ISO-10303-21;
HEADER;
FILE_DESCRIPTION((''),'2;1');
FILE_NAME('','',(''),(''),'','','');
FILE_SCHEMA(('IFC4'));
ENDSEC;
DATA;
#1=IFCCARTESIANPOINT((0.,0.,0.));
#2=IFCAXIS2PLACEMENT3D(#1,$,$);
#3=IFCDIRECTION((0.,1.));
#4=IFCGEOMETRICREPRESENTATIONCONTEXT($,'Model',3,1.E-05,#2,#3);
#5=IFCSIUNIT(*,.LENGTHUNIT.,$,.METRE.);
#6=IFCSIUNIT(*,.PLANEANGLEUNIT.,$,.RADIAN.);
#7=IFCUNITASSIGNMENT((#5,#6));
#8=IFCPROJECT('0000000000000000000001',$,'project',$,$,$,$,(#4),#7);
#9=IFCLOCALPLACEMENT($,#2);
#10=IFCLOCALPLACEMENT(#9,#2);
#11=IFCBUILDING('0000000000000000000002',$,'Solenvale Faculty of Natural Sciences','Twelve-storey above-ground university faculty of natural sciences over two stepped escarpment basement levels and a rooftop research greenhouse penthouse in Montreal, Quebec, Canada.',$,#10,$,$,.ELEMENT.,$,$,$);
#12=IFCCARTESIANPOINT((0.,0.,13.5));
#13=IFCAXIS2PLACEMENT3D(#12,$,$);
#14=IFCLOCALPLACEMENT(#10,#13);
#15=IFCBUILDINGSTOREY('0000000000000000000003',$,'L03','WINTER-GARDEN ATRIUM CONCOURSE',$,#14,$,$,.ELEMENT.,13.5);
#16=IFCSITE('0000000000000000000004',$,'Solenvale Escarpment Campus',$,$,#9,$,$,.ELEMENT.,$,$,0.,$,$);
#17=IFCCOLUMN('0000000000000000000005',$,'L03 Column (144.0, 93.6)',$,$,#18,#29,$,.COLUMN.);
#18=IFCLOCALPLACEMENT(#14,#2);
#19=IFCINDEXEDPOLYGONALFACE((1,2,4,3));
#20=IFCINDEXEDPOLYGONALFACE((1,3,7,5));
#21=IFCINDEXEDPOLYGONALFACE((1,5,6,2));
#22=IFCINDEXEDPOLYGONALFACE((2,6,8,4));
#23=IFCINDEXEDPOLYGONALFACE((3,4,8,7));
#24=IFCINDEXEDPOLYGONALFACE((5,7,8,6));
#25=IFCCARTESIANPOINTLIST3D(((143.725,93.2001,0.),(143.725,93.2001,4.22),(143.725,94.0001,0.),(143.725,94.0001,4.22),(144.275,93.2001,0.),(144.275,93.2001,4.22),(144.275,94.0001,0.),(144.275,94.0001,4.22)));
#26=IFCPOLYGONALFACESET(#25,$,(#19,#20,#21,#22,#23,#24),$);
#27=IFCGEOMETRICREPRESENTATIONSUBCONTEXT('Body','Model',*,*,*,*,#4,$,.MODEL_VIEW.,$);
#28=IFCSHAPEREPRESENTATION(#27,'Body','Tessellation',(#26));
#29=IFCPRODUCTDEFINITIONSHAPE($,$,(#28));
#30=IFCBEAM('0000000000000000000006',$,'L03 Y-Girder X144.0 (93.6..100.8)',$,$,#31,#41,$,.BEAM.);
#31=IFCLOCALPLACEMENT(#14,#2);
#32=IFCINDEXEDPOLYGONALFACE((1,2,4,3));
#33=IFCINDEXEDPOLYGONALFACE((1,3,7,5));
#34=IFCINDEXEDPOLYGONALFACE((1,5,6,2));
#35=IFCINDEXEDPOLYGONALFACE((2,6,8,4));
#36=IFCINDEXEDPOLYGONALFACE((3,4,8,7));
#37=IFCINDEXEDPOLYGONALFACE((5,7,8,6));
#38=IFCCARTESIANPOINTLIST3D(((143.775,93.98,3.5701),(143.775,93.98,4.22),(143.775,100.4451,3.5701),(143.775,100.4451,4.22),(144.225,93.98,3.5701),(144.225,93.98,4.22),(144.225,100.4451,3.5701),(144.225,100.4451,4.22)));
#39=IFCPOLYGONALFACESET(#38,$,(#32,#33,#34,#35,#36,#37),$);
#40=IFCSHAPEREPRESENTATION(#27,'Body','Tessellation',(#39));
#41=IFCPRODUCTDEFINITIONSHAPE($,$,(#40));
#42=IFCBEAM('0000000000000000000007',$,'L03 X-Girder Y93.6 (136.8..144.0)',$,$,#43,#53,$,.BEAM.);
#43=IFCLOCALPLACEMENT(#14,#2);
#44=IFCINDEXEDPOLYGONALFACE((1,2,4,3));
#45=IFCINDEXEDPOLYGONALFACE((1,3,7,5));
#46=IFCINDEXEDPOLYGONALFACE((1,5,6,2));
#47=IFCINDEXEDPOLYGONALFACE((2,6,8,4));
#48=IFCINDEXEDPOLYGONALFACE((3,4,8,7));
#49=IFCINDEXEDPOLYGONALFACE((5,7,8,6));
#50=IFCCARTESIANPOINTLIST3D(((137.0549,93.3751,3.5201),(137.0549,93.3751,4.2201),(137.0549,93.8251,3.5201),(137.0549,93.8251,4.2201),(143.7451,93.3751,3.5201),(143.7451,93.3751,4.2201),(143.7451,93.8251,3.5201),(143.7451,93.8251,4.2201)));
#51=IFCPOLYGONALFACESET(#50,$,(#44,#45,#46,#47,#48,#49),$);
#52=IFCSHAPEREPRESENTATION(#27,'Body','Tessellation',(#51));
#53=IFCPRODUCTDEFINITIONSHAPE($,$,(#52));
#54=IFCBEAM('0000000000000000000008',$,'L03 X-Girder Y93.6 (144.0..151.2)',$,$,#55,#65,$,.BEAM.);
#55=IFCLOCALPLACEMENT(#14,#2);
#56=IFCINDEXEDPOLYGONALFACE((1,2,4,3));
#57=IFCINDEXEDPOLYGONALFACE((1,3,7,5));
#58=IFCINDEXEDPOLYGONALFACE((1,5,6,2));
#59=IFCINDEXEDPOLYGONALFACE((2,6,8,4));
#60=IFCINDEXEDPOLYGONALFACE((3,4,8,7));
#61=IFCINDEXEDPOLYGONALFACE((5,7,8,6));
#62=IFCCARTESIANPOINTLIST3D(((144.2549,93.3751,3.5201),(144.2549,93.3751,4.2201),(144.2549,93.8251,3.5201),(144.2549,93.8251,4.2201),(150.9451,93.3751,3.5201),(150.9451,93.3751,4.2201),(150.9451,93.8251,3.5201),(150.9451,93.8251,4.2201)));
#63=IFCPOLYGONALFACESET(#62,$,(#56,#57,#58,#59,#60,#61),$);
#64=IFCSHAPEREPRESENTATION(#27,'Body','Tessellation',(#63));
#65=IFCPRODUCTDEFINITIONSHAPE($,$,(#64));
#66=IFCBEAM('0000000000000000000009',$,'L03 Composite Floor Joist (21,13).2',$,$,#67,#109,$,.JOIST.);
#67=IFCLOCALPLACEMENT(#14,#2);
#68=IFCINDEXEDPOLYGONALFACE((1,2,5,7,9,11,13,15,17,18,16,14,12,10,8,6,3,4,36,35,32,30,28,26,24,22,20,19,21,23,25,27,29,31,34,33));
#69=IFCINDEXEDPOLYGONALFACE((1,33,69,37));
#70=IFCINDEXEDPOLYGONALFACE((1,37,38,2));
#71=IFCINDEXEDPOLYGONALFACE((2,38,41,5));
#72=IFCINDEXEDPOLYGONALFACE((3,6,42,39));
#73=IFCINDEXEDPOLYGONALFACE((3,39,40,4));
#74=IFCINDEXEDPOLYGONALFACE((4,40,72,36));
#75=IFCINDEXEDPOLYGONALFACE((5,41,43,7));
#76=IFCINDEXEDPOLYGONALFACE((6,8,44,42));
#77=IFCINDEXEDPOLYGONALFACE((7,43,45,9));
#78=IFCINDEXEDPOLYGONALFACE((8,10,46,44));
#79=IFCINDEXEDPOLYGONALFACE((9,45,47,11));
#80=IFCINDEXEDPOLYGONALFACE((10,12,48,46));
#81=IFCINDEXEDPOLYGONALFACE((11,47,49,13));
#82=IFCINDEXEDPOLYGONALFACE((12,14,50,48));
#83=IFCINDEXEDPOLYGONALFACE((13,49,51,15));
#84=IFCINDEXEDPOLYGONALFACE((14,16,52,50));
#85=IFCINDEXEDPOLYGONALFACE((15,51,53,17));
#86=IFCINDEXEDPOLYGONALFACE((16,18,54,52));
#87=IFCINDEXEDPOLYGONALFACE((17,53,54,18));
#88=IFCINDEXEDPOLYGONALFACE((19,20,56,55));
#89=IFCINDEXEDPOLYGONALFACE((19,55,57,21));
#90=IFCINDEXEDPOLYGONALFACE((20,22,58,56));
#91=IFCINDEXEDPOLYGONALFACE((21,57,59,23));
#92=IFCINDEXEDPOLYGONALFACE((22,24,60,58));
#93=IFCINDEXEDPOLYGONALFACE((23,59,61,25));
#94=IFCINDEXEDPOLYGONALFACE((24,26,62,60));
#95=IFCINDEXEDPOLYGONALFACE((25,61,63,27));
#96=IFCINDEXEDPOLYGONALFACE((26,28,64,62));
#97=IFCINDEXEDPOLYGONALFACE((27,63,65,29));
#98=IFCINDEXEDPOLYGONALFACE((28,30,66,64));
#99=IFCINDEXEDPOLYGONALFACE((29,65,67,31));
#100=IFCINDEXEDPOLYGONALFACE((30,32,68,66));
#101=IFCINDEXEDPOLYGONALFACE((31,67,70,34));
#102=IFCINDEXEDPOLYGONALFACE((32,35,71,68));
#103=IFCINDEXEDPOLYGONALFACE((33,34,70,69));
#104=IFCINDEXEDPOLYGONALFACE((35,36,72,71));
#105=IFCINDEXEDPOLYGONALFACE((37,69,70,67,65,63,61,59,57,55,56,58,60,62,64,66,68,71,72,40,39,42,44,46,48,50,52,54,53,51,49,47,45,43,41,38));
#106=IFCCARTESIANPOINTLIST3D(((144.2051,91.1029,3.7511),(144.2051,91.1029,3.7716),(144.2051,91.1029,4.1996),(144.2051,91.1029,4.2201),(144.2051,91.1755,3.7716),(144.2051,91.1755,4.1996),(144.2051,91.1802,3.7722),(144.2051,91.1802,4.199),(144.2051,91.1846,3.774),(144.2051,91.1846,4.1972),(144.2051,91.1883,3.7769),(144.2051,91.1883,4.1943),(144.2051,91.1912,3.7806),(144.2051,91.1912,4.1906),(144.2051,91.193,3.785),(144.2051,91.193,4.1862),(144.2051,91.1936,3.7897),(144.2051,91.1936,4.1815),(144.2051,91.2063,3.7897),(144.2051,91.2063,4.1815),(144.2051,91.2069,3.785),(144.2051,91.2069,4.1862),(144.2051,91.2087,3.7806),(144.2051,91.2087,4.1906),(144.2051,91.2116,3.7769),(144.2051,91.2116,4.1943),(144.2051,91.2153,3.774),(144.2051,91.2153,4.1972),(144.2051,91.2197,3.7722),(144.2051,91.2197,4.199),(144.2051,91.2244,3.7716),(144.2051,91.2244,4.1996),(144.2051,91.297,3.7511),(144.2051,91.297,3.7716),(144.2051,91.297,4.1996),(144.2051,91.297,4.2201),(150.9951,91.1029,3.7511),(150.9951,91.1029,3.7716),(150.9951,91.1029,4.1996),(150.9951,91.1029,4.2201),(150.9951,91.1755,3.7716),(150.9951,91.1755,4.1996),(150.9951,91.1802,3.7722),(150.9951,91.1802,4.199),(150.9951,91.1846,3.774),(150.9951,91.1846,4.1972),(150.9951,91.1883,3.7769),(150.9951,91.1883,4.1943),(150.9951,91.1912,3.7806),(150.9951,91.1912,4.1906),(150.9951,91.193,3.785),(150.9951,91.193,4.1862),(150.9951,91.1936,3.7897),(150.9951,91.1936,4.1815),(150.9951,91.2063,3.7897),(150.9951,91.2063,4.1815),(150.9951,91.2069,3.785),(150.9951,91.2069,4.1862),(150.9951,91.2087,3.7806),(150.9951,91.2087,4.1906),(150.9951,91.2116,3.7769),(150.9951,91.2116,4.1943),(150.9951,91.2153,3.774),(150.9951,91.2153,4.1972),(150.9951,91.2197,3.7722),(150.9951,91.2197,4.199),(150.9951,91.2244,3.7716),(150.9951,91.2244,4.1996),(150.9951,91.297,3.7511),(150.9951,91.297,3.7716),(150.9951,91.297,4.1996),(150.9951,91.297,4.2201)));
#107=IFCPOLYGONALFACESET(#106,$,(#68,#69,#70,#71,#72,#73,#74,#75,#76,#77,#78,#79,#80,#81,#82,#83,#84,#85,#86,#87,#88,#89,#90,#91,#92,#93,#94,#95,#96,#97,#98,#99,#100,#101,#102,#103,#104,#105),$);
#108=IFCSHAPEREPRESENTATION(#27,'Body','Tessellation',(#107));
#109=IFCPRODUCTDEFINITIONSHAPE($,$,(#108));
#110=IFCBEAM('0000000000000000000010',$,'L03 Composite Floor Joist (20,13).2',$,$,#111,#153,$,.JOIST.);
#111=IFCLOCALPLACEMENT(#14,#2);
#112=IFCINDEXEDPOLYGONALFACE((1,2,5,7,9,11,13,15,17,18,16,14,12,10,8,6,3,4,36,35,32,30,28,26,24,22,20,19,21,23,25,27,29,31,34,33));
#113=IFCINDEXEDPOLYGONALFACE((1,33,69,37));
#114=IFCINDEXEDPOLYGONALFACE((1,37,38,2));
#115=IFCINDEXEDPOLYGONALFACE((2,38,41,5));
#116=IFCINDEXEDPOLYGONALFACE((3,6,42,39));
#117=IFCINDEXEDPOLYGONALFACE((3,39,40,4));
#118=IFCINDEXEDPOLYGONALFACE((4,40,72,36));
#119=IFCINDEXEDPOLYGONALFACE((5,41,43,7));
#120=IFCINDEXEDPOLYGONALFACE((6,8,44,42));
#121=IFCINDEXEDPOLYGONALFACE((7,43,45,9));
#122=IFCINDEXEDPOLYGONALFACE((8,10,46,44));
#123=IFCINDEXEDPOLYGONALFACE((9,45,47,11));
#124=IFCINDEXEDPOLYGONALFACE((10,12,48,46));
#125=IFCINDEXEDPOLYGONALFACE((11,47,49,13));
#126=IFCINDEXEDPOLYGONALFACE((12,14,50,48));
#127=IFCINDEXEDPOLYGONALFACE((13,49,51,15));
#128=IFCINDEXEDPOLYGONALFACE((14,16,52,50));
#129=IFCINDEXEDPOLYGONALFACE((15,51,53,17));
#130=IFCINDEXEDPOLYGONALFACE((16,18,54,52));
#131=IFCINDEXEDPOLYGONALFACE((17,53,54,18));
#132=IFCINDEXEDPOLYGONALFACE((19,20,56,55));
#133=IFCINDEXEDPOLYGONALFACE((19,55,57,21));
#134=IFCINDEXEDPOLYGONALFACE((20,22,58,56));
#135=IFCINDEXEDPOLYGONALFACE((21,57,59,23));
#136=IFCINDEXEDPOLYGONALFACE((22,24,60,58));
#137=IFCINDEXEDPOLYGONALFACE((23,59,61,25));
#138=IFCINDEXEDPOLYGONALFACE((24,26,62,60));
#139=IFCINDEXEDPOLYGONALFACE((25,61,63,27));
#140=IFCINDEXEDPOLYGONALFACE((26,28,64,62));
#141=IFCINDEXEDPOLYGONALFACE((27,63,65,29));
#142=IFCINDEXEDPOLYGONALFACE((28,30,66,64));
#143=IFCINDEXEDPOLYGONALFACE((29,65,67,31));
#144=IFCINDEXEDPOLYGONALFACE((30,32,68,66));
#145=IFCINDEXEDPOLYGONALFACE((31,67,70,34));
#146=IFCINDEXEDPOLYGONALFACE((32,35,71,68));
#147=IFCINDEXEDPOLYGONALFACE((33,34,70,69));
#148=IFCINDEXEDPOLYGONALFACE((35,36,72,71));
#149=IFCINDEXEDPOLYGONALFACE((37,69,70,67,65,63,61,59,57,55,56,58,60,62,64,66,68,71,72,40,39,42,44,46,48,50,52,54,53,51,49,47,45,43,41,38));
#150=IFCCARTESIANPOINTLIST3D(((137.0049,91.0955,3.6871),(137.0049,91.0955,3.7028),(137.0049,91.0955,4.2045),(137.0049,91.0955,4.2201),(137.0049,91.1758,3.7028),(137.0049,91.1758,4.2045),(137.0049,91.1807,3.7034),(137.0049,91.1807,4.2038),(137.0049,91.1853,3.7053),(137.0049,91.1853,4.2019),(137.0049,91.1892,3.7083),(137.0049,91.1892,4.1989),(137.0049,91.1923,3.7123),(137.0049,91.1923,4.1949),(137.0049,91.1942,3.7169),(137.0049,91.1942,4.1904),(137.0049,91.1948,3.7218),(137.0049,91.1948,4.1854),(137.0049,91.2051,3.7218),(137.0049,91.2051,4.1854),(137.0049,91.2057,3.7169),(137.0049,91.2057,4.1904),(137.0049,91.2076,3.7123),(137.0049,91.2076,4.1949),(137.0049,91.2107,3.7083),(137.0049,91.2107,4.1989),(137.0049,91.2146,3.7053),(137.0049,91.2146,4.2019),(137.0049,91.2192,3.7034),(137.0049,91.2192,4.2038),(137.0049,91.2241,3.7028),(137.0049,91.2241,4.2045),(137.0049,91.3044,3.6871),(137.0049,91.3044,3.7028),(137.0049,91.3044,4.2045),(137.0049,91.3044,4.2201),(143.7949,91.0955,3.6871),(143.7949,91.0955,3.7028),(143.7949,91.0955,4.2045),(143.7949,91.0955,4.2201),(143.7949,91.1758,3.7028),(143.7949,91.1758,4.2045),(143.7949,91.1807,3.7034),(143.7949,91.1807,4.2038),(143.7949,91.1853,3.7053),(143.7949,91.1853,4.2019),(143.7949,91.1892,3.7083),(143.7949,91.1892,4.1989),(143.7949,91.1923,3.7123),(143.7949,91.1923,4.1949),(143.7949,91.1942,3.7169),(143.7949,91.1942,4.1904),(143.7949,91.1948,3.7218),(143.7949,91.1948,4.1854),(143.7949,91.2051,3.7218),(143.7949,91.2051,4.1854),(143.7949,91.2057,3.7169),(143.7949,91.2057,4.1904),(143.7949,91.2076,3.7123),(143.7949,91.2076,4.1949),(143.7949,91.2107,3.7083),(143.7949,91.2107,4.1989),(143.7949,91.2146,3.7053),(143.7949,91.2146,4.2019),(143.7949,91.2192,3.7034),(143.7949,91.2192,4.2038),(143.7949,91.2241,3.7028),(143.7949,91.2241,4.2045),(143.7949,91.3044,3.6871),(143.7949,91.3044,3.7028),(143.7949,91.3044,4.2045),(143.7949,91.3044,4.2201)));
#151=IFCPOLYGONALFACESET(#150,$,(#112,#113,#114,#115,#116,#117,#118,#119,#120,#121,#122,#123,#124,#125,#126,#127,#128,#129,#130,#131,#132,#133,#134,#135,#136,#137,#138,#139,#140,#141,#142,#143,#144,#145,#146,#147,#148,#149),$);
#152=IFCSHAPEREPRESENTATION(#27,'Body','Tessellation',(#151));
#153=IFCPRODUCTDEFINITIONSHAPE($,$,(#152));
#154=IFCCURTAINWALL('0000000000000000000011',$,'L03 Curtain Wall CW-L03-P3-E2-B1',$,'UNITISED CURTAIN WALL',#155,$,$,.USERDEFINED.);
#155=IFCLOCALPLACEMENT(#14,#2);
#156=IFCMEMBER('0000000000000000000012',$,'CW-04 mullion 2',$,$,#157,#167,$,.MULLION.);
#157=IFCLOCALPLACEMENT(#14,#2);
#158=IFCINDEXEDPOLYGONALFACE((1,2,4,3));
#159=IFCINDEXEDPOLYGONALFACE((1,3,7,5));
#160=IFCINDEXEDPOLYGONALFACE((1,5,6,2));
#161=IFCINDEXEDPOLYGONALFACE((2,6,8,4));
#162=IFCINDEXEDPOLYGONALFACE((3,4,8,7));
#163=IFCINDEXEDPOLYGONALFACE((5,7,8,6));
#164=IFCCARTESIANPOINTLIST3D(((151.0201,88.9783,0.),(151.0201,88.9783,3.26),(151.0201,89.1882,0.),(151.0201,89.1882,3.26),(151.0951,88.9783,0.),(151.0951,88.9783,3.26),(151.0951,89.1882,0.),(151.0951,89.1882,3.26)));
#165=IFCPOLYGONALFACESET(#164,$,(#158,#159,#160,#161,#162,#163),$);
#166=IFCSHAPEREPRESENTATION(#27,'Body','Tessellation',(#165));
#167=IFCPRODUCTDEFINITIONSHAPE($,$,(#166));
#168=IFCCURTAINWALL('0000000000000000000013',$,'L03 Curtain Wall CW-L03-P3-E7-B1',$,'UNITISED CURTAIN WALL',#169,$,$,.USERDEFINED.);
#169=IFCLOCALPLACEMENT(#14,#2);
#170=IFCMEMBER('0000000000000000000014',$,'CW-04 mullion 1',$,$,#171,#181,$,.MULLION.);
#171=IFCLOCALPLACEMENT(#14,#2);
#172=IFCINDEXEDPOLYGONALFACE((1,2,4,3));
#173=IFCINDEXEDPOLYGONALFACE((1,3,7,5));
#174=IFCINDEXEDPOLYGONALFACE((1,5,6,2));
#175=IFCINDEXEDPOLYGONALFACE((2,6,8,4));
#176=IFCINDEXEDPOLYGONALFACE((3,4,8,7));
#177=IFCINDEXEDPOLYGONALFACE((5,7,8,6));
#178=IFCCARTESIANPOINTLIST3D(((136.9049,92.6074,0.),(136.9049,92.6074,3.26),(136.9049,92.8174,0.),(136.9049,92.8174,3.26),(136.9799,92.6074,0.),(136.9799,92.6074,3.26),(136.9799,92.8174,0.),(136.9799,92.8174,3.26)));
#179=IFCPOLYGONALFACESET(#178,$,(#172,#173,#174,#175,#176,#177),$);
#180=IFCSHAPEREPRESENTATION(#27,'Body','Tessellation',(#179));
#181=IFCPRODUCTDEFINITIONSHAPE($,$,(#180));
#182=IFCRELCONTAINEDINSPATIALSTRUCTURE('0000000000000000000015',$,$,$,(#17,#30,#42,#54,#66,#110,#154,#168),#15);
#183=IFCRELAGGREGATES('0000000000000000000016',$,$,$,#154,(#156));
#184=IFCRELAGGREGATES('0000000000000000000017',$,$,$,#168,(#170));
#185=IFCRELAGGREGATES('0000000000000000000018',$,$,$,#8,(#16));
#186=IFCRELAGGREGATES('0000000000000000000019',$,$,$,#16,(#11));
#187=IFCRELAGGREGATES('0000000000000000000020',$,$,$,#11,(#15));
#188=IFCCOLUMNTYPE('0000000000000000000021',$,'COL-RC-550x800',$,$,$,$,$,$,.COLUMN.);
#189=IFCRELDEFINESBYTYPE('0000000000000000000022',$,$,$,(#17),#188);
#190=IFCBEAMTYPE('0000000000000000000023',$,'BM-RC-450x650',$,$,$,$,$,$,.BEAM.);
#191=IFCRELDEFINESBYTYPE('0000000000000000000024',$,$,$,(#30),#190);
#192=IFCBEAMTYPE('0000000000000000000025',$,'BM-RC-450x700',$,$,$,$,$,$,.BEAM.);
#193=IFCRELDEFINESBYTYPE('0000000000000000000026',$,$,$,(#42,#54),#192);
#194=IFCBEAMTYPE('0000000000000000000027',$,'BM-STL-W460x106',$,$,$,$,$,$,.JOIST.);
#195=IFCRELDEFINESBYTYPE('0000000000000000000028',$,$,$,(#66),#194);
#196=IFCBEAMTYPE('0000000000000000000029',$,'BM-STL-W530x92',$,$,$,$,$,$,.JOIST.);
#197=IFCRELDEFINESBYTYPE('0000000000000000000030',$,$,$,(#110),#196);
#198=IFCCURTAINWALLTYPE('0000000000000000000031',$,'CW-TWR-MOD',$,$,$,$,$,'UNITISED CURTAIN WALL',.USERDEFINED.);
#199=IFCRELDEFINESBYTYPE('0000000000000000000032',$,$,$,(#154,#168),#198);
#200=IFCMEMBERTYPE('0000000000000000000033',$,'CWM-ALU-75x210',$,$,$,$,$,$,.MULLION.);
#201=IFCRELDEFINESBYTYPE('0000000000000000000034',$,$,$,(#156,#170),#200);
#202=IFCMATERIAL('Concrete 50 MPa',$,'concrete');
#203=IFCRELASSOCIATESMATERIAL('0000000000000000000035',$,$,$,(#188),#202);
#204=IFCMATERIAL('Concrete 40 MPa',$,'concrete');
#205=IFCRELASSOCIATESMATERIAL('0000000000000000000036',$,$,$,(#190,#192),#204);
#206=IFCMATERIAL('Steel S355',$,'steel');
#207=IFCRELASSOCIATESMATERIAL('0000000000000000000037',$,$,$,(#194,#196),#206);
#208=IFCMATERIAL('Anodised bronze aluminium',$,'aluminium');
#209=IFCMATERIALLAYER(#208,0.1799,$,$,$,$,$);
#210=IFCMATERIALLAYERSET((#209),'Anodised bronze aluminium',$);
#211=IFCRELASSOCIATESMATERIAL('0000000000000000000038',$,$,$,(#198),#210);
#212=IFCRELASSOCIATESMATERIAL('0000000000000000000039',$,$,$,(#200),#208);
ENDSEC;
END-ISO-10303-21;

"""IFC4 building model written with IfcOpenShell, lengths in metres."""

from ifc_helpers import new_model, si_unit, direction, frame, origin, origin_2d, place, context, subcontext, project, spatial, rectangle, i_section, extrude, material, layer, layer_set, material_profile, profile_set, type_object, element, aggregate, save


model = new_model("IFC4")

# Units and contexts
model_context = context("Model", 3, precision=1e-05, world=origin(), true_north=direction((0.0, 1.0)))
body_context = subcontext(model_context, "Body", "Model", "MODEL_VIEW")
ifc_project = project(units=[si_unit("LENGTHUNIT", "METRE"), si_unit("PLANEANGLEUNIT", "RADIAN")], contexts=[model_context])

# Site, building, storey
site_placement = place(None, origin())
site = spatial("IfcSite", under=ifc_project, at=site_placement, Name="Solenvale Escarpment Campus", CompositionType="ELEMENT", RefElevation=0.0)
building_placement = place(site_placement, origin())
building = spatial("IfcBuilding", under=site, at=building_placement, Name="Solenvale Faculty of Natural Sciences", Description="Twelve-storey above-ground university faculty of natural sciences over two stepped escarpment basement levels and a rooftop research greenhouse penthouse in Montreal, Quebec, Canada.", CompositionType="ELEMENT")
storey_placement = place(building_placement, frame((0.0, 0.0, 13.5)))
storey = spatial("IfcBuildingStorey", under=building, at=storey_placement, Name="L03", Description="WINTER-GARDEN ATRIUM CONCOURSE", CompositionType="ELEMENT", Elevation=13.5)

# Column
ifc_material_1 = material(Name="Concrete 50 MPa", Category="concrete")
ifc_material_profile_1 = material_profile(ifc_material_1, rectangle(XDim=0.55, YDim=0.8, at=origin_2d()), Name="RC-COL-550x800")
ifc_profile_set_1 = profile_set([ifc_material_profile_1], Name="Concrete 50 MPa")
column_type = type_object("IfcColumnType", Name="COL-RC-550x800", PredefinedType="COLUMN", material=ifc_profile_set_1)
column_placement = place(storey_placement, frame((144.0, 93.6001, 0.0), z_axis=(0.0, 0.0, 1.0), x_axis=(1.0, 0.0, 0.0)))
element("IfcColumn", 1, at=column_placement, inside=storey, type_object=column_type, Name="L03 Column (144.0, 93.6)", PredefinedType="COLUMN", context=body_context, shape_type="SweptSolid", body=[
    extrude(rectangle(XDim=0.55, YDim=0.8, at=origin_2d()), origin(), (0.0, 0.0, 1.0), 4.22),
])

# Beams
ifc_material_2 = material(Name="Concrete 40 MPa", Category="concrete")
ifc_material_profile_2 = material_profile(ifc_material_2, rectangle(XDim=0.45, YDim=0.6499, at=origin_2d()), Name="RC-BM-450x650")
ifc_profile_set_2 = profile_set([ifc_material_profile_2], Name="Concrete 40 MPa")
beam_type_1 = type_object("IfcBeamType", Name="BM-RC-450x650", PredefinedType="BEAM", material=ifc_profile_set_2)
beam_1_placement = place(storey_placement, frame((144.0, 93.98, 3.895), z_axis=(0.0, 1.0, 0.0), x_axis=(-1.0, 0.0, 0.0)))
element("IfcBeam", 2, at=beam_1_placement, inside=storey, type_object=beam_type_1, Name="L03 Y-Girder X144.0 (93.6..100.8)", PredefinedType="BEAM", context=body_context, shape_type="SweptSolid", body=[
    extrude(rectangle(XDim=0.45, YDim=0.6499, at=origin_2d()), origin(), (0.0, 0.0, 1.0), 6.4651),
])
ifc_material_profile_3 = material_profile(ifc_material_2, rectangle(XDim=0.45, YDim=0.7, at=origin_2d()), Name="RC-BM-450x700")
ifc_profile_set_3 = profile_set([ifc_material_profile_3], Name="Concrete 40 MPa")
beam_type_2 = type_object("IfcBeamType", Name="BM-RC-450x700", PredefinedType="BEAM", material=ifc_profile_set_3)
for number, where, z_axis, x_axis, name in (
    (3, (137.0549, 93.6001, 3.8701), (1.0, 0.0, 0.0), (0.0, 1.0, 0.0), "L03 X-Girder Y93.6 (136.8..144.0)"),
    (4, (144.2549, 93.6001, 3.8701), (1.0, 0.0, 0.0), (0.0, 1.0, 0.0), "L03 X-Girder Y93.6 (144.0..151.2)"),
):
    element("IfcBeam", number, at=place(storey_placement, frame(where, z_axis=z_axis, x_axis=x_axis)), inside=storey, type_object=beam_type_2, Name=name, PredefinedType="BEAM", context=body_context, shape_type="SweptSolid", body=[
        extrude(rectangle(XDim=0.45, YDim=0.7, at=origin_2d()), origin(), (0.0, 0.0, 1.0), 6.6902),
    ])
ifc_material_3 = material(Name="Steel S355", Category="steel")
ifc_material_profile_4 = material_profile(ifc_material_3, i_section(OverallWidth=0.1941, OverallDepth=0.469, WebThickness=0.0127, FlangeThickness=0.0205, FilletRadius=0.0181, at=origin_2d()), Name="W460x106")
ifc_profile_set_4 = profile_set([ifc_material_profile_4], Name="Steel S355")
beam_type_3 = type_object("IfcBeamType", Name="BM-STL-W460x106", PredefinedType="JOIST", material=ifc_profile_set_4)
beam_2_placement = place(storey_placement, frame((144.2051, 91.2, 3.9856), z_axis=(1.0, 0.0, 0.0), x_axis=(0.0, 1.0, 0.0)))
element("IfcBeam", 5, at=beam_2_placement, inside=storey, type_object=beam_type_3, Name="L03 Composite Floor Joist (21,13).2", PredefinedType="JOIST", context=body_context, shape_type="SweptSolid", body=[
    extrude(i_section(OverallWidth=0.1941, OverallDepth=0.469, WebThickness=0.0127, FlangeThickness=0.0205, FilletRadius=0.0181, at=origin_2d()), origin(), (0.0, 0.0, 1.0), 6.79),
])
ifc_material_profile_5 = material_profile(ifc_material_3, i_section(OverallWidth=0.209, OverallDepth=0.533, WebThickness=0.0103, FlangeThickness=0.0156, FilletRadius=0.019, at=origin_2d()), Name="W530x92")
ifc_profile_set_5 = profile_set([ifc_material_profile_5], Name="Steel S355")
beam_type_4 = type_object("IfcBeamType", Name="BM-STL-W530x92", PredefinedType="JOIST", material=ifc_profile_set_5)
beam_3_placement = place(storey_placement, frame((137.0049, 91.2, 3.9536), z_axis=(1.0, 0.0, 0.0), x_axis=(0.0, 1.0, 0.0)))
element("IfcBeam", 6, at=beam_3_placement, inside=storey, type_object=beam_type_4, Name="L03 Composite Floor Joist (20,13).2", PredefinedType="JOIST", context=body_context, shape_type="SweptSolid", body=[
    extrude(i_section(OverallWidth=0.209, OverallDepth=0.533, WebThickness=0.0103, FlangeThickness=0.0156, FilletRadius=0.019, at=origin_2d()), origin(), (0.0, 0.0, 1.0), 6.79),
])

# Curtain walls, members
ifc_material_4 = material(Name="Anodised bronze aluminium", Category="aluminium")
ifc_layer_1 = layer(ifc_material_4, 0.1799)
ifc_layer_set_1 = layer_set([ifc_layer_1], Name="Anodised bronze aluminium")
curtain_wall_type = type_object("IfcCurtainWallType", Name="CW-TWR-MOD", ElementType="UNITISED CURTAIN WALL", PredefinedType="USERDEFINED", material=ifc_layer_set_1)
curtain_wall_1_placement = place(storey_placement, origin())
curtain_wall_1 = element("IfcCurtainWall", 7, at=curtain_wall_1_placement, inside=storey, type_object=curtain_wall_type, Name="L03 Curtain Wall CW-L03-P3-E2-B1", ObjectType="UNITISED CURTAIN WALL", PredefinedType="USERDEFINED")
ifc_material_profile_6 = material_profile(ifc_material_4, rectangle(XDim=0.075, YDim=0.21, at=origin_2d()), Name="ALU-MUL-75x210")
ifc_profile_set_6 = profile_set([ifc_material_profile_6], Name="Anodised bronze aluminium")
member_type_1 = type_object("IfcMemberType", Name="CWM-ALU-75x210", PredefinedType="MULLION", material=ifc_profile_set_6)
member_1_placement = place(storey_placement, frame((151.0576, 89.0833, 0.0), z_axis=(0.0, 0.0, 1.0), x_axis=(-1.0, 0.0, 0.0)))
member_1 = element("IfcMember", 8, at=member_1_placement, type_object=member_type_1, Name="CW-04 mullion 2", PredefinedType="MULLION", context=body_context, shape_type="SweptSolid", body=[
    extrude(rectangle(XDim=0.075, YDim=0.21, at=origin_2d()), origin(), (0.0, 0.0, 1.0), 3.26),
])
curtain_wall_2_placement = place(storey_placement, origin())
curtain_wall_2 = element("IfcCurtainWall", 9, at=curtain_wall_2_placement, inside=storey, type_object=curtain_wall_type, Name="L03 Curtain Wall CW-L03-P3-E7-B1", ObjectType="UNITISED CURTAIN WALL", PredefinedType="USERDEFINED")
member_2_placement = place(storey_placement, frame((136.9424, 92.7124, 0.0), z_axis=(0.0, 0.0, 1.0), x_axis=(1.0, 0.0, 0.0)))
member_2 = element("IfcMember", 10, at=member_2_placement, type_object=member_type_1, Name="CW-04 mullion 1", PredefinedType="MULLION", context=body_context, shape_type="SweptSolid", body=[
    extrude(rectangle(XDim=0.075, YDim=0.21, at=origin_2d()), origin(), (0.0, 0.0, 1.0), 3.26),
])

aggregate(curtain_wall_1, [member_1])
aggregate(curtain_wall_2, [member_2])

save(model, "model.ifc")
